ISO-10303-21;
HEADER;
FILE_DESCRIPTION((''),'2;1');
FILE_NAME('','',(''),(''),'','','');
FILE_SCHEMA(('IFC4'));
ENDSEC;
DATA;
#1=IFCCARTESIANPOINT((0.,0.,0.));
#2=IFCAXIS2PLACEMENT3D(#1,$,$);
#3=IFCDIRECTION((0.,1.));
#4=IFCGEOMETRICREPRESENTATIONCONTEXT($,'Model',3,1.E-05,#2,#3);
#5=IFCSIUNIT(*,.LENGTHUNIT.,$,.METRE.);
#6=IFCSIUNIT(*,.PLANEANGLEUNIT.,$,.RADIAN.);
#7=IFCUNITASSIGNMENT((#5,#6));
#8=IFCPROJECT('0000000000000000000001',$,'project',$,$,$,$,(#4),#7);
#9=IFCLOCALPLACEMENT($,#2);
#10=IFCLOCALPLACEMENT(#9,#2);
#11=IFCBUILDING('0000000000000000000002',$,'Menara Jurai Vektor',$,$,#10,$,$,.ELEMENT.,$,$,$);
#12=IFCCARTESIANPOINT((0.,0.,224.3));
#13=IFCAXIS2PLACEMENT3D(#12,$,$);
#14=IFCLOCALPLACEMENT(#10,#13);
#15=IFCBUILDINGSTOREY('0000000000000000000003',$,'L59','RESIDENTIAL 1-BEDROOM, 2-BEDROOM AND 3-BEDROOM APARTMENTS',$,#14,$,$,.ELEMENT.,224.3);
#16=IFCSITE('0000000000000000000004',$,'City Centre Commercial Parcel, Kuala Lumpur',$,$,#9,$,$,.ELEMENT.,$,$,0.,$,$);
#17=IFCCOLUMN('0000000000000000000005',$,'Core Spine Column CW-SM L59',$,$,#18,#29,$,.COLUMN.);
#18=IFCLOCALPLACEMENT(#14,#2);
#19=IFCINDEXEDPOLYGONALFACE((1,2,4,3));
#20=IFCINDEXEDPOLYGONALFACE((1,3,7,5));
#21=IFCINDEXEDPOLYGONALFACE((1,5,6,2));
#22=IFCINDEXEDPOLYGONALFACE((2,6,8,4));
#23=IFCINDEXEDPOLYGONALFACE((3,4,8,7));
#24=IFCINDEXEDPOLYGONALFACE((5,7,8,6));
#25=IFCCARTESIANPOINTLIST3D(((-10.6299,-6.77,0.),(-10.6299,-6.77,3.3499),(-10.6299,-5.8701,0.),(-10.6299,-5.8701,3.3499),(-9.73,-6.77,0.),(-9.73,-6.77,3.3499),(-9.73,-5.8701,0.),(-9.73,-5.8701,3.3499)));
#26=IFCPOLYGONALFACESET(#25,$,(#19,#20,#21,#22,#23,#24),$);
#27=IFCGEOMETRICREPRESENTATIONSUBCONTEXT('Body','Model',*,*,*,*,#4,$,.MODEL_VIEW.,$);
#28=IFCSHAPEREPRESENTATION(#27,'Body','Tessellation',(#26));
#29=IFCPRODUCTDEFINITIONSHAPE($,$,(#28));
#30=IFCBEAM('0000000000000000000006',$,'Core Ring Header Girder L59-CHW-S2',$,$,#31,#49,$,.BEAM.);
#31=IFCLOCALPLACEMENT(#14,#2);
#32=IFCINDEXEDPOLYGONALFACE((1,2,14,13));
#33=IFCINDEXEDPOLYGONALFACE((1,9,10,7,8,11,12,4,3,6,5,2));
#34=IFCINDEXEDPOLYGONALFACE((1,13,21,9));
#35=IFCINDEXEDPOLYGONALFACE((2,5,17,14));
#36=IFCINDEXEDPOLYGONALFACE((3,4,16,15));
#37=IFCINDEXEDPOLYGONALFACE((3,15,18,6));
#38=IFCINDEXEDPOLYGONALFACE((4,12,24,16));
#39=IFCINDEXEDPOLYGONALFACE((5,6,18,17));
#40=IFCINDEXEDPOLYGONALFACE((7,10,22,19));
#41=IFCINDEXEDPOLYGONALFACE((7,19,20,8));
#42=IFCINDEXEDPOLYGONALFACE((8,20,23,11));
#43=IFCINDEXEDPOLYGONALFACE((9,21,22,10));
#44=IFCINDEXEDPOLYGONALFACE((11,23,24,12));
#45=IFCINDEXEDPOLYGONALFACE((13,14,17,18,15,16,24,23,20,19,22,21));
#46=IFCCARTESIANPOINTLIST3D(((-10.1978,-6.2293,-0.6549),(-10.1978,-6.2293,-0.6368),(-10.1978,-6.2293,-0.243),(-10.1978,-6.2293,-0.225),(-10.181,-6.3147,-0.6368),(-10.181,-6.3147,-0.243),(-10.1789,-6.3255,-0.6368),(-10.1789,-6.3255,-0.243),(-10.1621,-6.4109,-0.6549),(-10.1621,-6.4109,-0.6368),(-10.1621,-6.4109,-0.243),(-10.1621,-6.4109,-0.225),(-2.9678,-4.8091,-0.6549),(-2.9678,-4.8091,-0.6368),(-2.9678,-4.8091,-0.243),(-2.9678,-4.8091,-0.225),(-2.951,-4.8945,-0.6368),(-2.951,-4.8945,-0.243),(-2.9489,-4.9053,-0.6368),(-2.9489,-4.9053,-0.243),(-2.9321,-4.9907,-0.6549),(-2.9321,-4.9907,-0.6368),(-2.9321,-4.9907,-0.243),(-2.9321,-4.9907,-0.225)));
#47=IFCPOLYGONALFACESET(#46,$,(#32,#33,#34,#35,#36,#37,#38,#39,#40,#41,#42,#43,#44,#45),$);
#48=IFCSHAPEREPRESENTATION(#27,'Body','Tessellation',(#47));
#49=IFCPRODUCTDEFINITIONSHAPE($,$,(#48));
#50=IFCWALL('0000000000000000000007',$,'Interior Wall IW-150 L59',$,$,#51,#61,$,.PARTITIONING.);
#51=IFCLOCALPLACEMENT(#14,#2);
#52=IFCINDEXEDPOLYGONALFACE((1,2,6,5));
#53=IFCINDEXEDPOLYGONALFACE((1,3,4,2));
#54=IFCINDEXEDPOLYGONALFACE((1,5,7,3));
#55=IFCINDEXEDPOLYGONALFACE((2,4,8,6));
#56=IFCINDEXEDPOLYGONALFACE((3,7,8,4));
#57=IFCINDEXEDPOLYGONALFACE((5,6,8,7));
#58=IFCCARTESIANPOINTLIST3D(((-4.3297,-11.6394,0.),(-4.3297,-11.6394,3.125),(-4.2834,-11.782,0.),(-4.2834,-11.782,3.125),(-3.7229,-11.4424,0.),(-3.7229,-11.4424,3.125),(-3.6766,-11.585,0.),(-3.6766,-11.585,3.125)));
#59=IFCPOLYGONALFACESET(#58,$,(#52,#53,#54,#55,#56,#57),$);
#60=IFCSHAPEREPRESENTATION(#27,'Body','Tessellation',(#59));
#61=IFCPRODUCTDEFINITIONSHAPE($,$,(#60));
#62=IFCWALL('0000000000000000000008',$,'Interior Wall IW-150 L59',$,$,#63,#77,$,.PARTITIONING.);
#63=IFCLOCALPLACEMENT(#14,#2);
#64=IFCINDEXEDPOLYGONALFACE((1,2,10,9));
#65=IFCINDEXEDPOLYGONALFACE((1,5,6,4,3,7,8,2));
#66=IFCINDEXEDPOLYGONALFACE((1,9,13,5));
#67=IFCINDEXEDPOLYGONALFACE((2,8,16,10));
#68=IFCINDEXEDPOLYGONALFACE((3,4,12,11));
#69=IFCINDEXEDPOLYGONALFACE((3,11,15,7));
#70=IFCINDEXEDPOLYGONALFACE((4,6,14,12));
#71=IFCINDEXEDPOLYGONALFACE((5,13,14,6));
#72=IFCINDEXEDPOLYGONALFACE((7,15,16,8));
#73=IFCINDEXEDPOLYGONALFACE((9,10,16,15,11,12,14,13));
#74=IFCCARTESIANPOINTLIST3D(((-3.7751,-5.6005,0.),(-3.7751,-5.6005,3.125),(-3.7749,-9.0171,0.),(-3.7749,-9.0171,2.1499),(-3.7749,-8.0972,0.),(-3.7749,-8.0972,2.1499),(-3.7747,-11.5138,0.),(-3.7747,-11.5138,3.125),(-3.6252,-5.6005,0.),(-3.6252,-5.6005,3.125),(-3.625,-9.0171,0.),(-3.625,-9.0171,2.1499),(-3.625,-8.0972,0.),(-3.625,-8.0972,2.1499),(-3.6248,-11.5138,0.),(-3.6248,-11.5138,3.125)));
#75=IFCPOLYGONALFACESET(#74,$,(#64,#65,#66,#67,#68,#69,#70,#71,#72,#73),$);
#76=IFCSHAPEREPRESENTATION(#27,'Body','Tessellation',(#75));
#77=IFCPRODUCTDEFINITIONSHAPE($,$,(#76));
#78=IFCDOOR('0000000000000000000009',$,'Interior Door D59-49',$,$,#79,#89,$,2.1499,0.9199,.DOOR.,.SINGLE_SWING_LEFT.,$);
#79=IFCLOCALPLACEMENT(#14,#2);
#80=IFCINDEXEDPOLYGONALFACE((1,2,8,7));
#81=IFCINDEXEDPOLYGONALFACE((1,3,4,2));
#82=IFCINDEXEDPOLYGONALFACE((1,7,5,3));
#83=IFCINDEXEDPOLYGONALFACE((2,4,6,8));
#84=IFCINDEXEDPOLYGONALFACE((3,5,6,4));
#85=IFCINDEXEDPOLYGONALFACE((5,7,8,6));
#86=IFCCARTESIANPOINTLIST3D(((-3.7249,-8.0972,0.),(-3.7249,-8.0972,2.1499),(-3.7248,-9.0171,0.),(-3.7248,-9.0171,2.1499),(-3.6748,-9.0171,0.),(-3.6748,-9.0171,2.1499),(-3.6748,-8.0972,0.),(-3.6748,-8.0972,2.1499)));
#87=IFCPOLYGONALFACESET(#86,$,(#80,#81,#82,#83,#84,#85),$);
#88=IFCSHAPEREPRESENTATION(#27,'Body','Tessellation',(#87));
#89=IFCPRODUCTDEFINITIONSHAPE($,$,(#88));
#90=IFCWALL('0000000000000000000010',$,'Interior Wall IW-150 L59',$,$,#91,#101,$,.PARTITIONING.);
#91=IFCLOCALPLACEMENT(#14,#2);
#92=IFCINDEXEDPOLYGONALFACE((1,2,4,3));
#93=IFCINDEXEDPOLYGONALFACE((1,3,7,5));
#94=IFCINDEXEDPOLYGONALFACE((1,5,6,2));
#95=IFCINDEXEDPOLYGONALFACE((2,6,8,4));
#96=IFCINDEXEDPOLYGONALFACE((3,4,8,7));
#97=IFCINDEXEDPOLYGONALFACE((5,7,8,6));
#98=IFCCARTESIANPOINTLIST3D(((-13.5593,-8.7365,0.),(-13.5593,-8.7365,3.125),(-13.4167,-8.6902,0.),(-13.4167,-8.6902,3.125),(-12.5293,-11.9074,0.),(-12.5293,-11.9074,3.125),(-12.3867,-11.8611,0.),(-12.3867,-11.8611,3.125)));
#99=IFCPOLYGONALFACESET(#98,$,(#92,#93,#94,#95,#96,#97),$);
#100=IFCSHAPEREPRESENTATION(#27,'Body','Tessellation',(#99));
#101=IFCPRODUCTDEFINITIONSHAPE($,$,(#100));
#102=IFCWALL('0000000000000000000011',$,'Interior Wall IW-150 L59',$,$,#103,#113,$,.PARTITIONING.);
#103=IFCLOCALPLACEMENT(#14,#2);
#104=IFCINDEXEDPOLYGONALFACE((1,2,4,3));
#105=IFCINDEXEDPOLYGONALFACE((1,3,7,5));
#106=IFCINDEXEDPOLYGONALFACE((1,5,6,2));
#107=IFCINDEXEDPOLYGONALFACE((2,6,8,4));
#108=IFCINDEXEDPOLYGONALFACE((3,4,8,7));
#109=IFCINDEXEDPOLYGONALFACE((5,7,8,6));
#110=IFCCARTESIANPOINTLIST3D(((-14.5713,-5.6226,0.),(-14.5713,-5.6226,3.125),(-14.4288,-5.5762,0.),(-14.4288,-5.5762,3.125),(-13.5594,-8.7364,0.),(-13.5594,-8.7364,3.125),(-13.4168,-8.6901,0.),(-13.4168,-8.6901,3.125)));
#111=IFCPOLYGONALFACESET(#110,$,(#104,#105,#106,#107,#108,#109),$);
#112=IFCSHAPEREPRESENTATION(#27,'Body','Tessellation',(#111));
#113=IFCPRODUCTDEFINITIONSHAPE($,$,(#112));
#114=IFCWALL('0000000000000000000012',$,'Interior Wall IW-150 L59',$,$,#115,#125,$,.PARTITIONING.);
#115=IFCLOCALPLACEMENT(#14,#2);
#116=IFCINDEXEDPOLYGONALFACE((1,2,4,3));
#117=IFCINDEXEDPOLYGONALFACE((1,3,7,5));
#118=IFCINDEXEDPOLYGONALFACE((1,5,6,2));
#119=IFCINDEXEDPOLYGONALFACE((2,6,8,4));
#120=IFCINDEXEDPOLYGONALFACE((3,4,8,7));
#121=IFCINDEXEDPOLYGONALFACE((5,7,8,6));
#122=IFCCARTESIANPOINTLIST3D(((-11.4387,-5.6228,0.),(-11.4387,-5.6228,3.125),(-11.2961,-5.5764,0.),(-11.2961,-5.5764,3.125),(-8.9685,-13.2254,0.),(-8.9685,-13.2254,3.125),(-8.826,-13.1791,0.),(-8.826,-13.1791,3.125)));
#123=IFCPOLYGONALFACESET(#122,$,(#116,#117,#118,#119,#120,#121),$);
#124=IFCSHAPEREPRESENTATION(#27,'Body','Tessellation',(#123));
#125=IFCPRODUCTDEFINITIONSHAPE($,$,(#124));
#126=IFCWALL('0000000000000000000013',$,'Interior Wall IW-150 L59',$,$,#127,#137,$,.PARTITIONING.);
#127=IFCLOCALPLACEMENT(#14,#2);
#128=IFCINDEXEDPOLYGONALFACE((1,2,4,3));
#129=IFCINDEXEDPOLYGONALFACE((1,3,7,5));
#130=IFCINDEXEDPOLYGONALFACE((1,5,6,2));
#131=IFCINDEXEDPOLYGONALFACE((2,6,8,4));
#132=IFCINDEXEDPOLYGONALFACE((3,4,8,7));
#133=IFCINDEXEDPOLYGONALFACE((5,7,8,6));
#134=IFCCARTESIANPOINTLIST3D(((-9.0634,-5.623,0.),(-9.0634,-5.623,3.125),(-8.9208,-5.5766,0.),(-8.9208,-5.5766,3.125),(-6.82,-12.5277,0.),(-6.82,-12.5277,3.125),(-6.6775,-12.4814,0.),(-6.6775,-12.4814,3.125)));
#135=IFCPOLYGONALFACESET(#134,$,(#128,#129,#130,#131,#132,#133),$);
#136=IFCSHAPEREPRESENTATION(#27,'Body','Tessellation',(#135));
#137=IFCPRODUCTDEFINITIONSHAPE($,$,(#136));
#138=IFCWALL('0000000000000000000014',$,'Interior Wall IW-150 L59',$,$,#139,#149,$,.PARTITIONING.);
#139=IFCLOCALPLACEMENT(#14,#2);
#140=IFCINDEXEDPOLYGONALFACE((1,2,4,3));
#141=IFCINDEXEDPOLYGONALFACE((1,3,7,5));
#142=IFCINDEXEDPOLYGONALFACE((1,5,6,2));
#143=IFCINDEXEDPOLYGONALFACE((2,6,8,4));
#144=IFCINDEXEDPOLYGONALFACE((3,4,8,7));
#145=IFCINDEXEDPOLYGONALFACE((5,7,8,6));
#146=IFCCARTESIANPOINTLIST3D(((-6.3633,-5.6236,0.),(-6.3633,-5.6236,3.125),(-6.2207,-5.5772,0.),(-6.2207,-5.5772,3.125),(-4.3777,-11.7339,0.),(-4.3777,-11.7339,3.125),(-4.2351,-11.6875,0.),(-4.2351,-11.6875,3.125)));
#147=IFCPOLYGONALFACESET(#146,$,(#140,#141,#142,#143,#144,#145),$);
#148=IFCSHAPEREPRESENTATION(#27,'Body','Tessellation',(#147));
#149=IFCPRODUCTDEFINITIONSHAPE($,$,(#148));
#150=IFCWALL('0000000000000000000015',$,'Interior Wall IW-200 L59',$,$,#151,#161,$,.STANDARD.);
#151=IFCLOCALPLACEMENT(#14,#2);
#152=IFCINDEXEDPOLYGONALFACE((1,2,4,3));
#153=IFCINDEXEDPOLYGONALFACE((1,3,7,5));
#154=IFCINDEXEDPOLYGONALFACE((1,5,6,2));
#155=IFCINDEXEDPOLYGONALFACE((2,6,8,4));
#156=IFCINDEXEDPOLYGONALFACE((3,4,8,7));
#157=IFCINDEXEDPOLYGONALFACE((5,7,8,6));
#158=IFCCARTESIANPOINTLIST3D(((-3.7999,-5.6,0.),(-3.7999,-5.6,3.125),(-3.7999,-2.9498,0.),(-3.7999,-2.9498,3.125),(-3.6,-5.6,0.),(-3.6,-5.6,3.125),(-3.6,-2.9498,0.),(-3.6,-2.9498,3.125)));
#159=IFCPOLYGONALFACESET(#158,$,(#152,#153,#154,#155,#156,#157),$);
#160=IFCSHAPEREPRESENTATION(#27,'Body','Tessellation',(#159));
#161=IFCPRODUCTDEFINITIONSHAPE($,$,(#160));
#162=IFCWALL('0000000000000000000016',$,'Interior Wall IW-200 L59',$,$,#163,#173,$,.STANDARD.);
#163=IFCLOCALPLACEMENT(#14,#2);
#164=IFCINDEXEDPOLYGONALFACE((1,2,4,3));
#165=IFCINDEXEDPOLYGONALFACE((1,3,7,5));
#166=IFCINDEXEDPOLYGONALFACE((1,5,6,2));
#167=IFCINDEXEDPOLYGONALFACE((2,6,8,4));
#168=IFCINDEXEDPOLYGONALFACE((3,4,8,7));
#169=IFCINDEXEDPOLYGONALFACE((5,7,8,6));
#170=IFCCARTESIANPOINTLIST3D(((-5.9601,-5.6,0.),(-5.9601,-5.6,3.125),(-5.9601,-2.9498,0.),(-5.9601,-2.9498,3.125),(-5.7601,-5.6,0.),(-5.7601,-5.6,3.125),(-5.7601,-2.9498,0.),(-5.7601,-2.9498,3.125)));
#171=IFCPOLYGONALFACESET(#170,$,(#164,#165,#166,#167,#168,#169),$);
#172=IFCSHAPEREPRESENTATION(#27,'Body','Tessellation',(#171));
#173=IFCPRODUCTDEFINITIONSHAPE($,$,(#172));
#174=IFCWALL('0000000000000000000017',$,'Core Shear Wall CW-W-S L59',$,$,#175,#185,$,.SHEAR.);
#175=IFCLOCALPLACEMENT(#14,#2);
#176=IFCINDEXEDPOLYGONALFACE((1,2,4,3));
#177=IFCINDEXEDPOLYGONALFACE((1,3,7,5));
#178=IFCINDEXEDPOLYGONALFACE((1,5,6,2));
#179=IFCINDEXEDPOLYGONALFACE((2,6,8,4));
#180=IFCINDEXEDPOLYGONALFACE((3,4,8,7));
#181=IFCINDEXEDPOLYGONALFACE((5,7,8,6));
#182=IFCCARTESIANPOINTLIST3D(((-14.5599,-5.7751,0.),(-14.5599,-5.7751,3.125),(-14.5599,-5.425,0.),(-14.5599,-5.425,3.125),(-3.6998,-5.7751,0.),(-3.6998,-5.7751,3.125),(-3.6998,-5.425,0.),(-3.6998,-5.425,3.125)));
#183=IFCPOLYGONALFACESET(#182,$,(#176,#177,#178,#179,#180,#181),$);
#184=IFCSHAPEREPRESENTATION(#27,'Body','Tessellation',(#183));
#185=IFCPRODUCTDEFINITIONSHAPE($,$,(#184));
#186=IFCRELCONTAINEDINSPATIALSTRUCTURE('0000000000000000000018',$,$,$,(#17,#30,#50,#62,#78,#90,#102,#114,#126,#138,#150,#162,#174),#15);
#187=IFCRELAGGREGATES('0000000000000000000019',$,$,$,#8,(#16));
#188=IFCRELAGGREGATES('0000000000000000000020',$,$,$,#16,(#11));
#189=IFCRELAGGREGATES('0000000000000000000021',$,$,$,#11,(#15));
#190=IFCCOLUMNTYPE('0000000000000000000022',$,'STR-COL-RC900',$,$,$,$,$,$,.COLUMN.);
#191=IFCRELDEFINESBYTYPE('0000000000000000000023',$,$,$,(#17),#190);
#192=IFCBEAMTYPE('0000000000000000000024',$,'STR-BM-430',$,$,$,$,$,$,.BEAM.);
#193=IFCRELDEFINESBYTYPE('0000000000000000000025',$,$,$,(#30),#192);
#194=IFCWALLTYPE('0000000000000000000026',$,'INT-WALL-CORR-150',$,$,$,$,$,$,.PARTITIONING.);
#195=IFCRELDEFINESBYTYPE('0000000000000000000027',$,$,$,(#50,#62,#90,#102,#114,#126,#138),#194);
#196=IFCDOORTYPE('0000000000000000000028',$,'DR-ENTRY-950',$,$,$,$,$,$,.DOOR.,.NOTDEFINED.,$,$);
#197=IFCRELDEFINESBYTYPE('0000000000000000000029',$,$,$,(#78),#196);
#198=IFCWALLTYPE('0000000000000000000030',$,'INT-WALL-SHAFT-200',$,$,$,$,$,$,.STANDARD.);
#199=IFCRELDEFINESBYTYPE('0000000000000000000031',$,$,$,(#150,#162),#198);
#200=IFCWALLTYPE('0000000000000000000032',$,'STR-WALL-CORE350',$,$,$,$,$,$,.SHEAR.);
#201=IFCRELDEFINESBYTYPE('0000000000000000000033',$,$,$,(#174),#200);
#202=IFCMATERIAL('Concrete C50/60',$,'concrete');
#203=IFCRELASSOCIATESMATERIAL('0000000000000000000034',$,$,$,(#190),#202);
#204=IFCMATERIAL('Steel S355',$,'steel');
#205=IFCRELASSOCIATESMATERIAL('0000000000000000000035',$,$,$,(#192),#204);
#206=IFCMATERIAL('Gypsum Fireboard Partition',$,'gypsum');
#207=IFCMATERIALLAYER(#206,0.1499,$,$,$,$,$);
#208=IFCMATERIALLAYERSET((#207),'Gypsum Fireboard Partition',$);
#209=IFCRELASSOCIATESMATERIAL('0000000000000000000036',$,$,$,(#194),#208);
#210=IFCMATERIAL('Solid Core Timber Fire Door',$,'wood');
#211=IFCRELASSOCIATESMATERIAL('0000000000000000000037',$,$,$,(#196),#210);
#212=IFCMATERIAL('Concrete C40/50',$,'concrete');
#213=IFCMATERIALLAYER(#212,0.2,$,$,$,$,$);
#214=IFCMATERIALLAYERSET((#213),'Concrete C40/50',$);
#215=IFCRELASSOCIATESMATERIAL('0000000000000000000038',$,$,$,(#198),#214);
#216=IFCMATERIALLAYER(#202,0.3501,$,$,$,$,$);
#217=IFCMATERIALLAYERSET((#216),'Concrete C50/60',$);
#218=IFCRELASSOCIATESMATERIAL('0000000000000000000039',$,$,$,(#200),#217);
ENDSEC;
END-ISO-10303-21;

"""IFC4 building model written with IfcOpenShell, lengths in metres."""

from ifc_helpers import new_model, si_unit, direction, frame, frame_2d, origin, origin_2d, place, context, subcontext, project, spatial, rectangle, i_section, extrude, material, layer, layer_set, material_profile, profile_set, type_object, element, fill, save


model = new_model("IFC4")

# Units and contexts
model_context = context("Model", 3, precision=1e-05, world=origin(), true_north=direction((0.0, 1.0)))
body_context = subcontext(model_context, "Body", "Model", "MODEL_VIEW")
ifc_project = project(units=[si_unit("LENGTHUNIT", "METRE"), si_unit("PLANEANGLEUNIT", "RADIAN")], contexts=[model_context])

# Site, building, storey
site_placement = place(None, origin())
site = spatial("IfcSite", under=ifc_project, at=site_placement, Name="City Centre Commercial Parcel, Kuala Lumpur", CompositionType="ELEMENT", RefElevation=0.0)
building_placement = place(site_placement, origin())
building = spatial("IfcBuilding", under=site, at=building_placement, Name="Menara Jurai Vektor", CompositionType="ELEMENT")
storey_placement = place(building_placement, frame((0.0, 0.0, 224.3)))
storey = spatial("IfcBuildingStorey", under=building, at=storey_placement, Name="L59", Description="RESIDENTIAL 1-BEDROOM, 2-BEDROOM AND 3-BEDROOM APARTMENTS", CompositionType="ELEMENT", Elevation=224.3)

# Column
ifc_material_1 = material(Name="Concrete C50/60", Category="concrete")
ifc_material_profile_1 = material_profile(ifc_material_1, rectangle(XDim=0.8999, YDim=0.8999, at=origin_2d()), Name="RC 900x900")
ifc_profile_set_1 = profile_set([ifc_material_profile_1], Name="Concrete C50/60")
column_type = type_object("IfcColumnType", Name="STR-COL-RC900", PredefinedType="COLUMN", material=ifc_profile_set_1)
column_placement = place(storey_placement, frame((-10.1799, -6.3201, 0.0), z_axis=(0.0, 0.0, 1.0), x_axis=(1.0, 0.0, 0.0)))
element("IfcColumn", 1, at=column_placement, inside=storey, type_object=column_type, Name="Core Spine Column CW-SM L59", PredefinedType="COLUMN", context=body_context, shape_type="SweptSolid", body=[
    extrude(rectangle(XDim=0.8999, YDim=0.8999, at=origin_2d()), origin(), (0.0, 0.0, 1.0), 3.3499),
])

# Beam
ifc_material_2 = material(Name="Steel S355", Category="steel")
ifc_material_profile_2 = material_profile(ifc_material_2, i_section(OverallWidth=0.1851, OverallDepth=0.4299, WebThickness=0.011, FlangeThickness=0.0181, at=origin_2d()), Name="PG 430x185x76")
ifc_profile_set_2 = profile_set([ifc_material_profile_2], Name="Steel S355")
beam_type = type_object("IfcBeamType", Name="STR-BM-430", PredefinedType="BEAM", material=ifc_profile_set_2)
beam_placement = place(storey_placement, frame((-10.1799, -6.3201, -0.4399), z_axis=(0.981249, 0.192744, 0.0), x_axis=(-0.192744, 0.981249, 0.0)))
element("IfcBeam", 2, at=beam_placement, inside=storey, type_object=beam_type, Name="Core Ring Header Girder L59-CHW-S2", PredefinedType="BEAM", context=body_context, shape_type="SweptSolid", body=[
    extrude(i_section(OverallWidth=0.1851, OverallDepth=0.4299, WebThickness=0.011, FlangeThickness=0.0181, at=origin_2d()), origin(), (0.0, 0.0, 1.0), 7.3682),
])

# Shared definitions
ifc_material_3 = material(Name="Gypsum Fireboard Partition", Category="gypsum")
ifc_layer_1 = layer(ifc_material_3, 0.1499)
ifc_layer_set_1 = layer_set([ifc_layer_1], Name="Gypsum Fireboard Partition")
wall_type_1 = type_object("IfcWallType", Name="INT-WALL-CORR-150", PredefinedType="PARTITIONING", material=ifc_layer_set_1)
ifc_material_4 = material(Name="Solid Core Timber Fire Door", Category="wood")
door_type = type_object("IfcDoorType", Name="DR-ENTRY-950", OperationType="NOTDEFINED", PredefinedType="DOOR", material=ifc_material_4)

# Wall
wall_1_placement = place(storey_placement, frame((-4.3064, -11.7107, 0.0), z_axis=(0.0, 0.0, 1.0), x_axis=(0.951104, 0.30887, 0.0)))
element("IfcWall", 3, at=wall_1_placement, inside=storey, type_object=wall_type_1, Name="Interior Wall IW-150 L59", PredefinedType="PARTITIONING", context=body_context, shape_type="SweptSolid", body=[
    extrude(rectangle(XDim=0.6379, YDim=0.1499, at=frame_2d((0.3188, 0.0))), origin(), (0.0, 0.0, 1.0), 3.125),
])

# Wall, opening, door
wall_2_placement = place(storey_placement, frame((-3.6997, -11.5137, 0.0), z_axis=(0.0, 0.0, 1.0), x_axis=(-0.000083, 1.0, 0.0)))
wall_2 = element("IfcWall", 4, at=wall_2_placement, inside=storey, type_object=wall_type_1, Name="Interior Wall IW-150 L59", PredefinedType="PARTITIONING", context=body_context, shape_type="SweptSolid", body=[
    extrude(rectangle(XDim=5.9133, YDim=0.1499, at=frame_2d((2.9565, 0.0))), origin(), (0.0, 0.0, 1.0), 3.125),
])
opening_1_placement = place(wall_2_placement, frame((2.4966, 0.0, 0.0)))
opening_1 = element("IfcOpeningElement", 5, at=opening_1_placement, cuts=wall_2, PredefinedType="OPENING", context=body_context, shape_type="SweptSolid", body=[
    extrude(rectangle(XDim=0.9199, YDim=2.1499, at=frame_2d((0.46, 1.075))), frame((0.0, 0.085, 0.0), z_axis=(0.0, -1.0, 0.0), x_axis=(1.0, 0.0, 0.0)), (0.0, 0.0, 1.0), 0.1699),
])
door_1_placement = place(opening_1_placement, origin())
door_1 = element("IfcDoor", 6, at=door_1_placement, inside=storey, type_object=door_type, Name="Interior Door D59-49", OperationType="SINGLE_SWING_LEFT", OverallHeight=2.1499, OverallWidth=0.9199, PredefinedType="DOOR", context=body_context, shape_type="SweptSolid", body=[
    extrude(rectangle(XDim=0.9199, YDim=2.1499, at=frame_2d((0.46, 1.075))), frame((0.0, 0.0249, 0.0), z_axis=(0.0, -1.0, 0.0), x_axis=(1.0, 0.0, 0.0)), (0.0, 0.0, 1.0), 0.05),
])
fill(opening_1, door_1)

# Walls
wall_3_placement = place(storey_placement, frame((-12.458, -11.8843, 0.0), z_axis=(0.0, 0.0, 1.0), x_axis=(-0.308947, 0.951079, 0.0)))
element("IfcWall", 7, at=wall_3_placement, inside=storey, type_object=wall_type_1, Name="Interior Wall IW-150 L59", PredefinedType="PARTITIONING", context=body_context, shape_type="SweptSolid", body=[
    extrude(rectangle(XDim=3.334, YDim=0.1499, at=frame_2d((1.667, 0.0))), origin(), (0.0, 0.0, 1.0), 3.125),
])
wall_4_placement = place(storey_placement, frame((-13.488, -8.7134, 0.0), z_axis=(0.0, 0.0, 1.0), x_axis=(-0.309083, 0.951035, 0.0)))
element("IfcWall", 8, at=wall_4_placement, inside=storey, type_object=wall_type_1, Name="Interior Wall IW-150 L59", PredefinedType="PARTITIONING", context=body_context, shape_type="SweptSolid", body=[
    extrude(rectangle(XDim=3.2742, YDim=0.1499, at=frame_2d((1.6372, 0.0))), origin(), (0.0, 0.0, 1.0), 3.125),
])
wall_5_placement = place(storey_placement, frame((-8.8972, -13.2024, 0.0), z_axis=(0.0, 0.0, 1.0), x_axis=(-0.309008, 0.951059, 0.0)))
element("IfcWall", 9, at=wall_5_placement, inside=storey, type_object=wall_type_1, Name="Interior Wall IW-150 L59", PredefinedType="PARTITIONING", context=body_context, shape_type="SweptSolid", body=[
    extrude(rectangle(XDim=7.9939, YDim=0.1499, at=frame_2d((3.9971, 0.0))), origin(), (0.0, 0.0, 1.0), 3.125),
])
wall_6_placement = place(storey_placement, frame((-6.7488, -12.5044, 0.0), z_axis=(0.0, 0.0, 1.0), x_axis=(-0.309005, 0.95106, 0.0)))
element("IfcWall", 10, at=wall_6_placement, inside=storey, type_object=wall_type_1, Name="Interior Wall IW-150 L59", PredefinedType="PARTITIONING", context=body_context, shape_type="SweptSolid", body=[
    extrude(rectangle(XDim=7.26, YDim=0.1499, at=frame_2d((3.6299, 0.0))), origin(), (0.0, 0.0, 1.0), 3.125),
])
wall_7_placement = place(storey_placement, frame((-4.3064, -11.7107, 0.0), z_axis=(0.0, 0.0, 1.0), x_axis=(-0.309048, 0.951046, 0.0)))
element("IfcWall", 11, at=wall_7_placement, inside=storey, type_object=wall_type_1, Name="Interior Wall IW-150 L59", PredefinedType="PARTITIONING", context=body_context, shape_type="SweptSolid", body=[
    extrude(rectangle(XDim=6.4248, YDim=0.1499, at=frame_2d((3.2124, 0.0))), origin(), (0.0, 0.0, 1.0), 3.125),
])
ifc_material_5 = material(Name="Concrete C40/50", Category="concrete")
ifc_layer_2 = layer(ifc_material_5, 0.2)
ifc_layer_set_2 = layer_set([ifc_layer_2], Name="Concrete C40/50")
wall_type_2 = type_object("IfcWallType", Name="INT-WALL-SHAFT-200", PredefinedType="STANDARD", material=ifc_layer_set_2)
for number, where, z_axis, x_axis, name in (
    (12, (-3.7, -5.6001, 0.0), (0.0, 0.0, 1.0), (0.0, 1.0, 0.0), "Interior Wall IW-200 L59"),
    (13, (-5.8601, -5.6001, 0.0), (0.0, 0.0, 1.0), (0.0, 1.0, 0.0), "Interior Wall IW-200 L59"),
):
    element("IfcWall", number, at=place(storey_placement, frame(where, z_axis=z_axis, x_axis=x_axis)), inside=storey, type_object=wall_type_2, Name=name, PredefinedType="STANDARD", context=body_context, shape_type="SweptSolid", body=[
        extrude(rectangle(XDim=2.6501, YDim=0.2, at=frame_2d((1.3252, 0.0))), origin(), (0.0, 0.0, 1.0), 3.125),
    ])
ifc_layer_3 = layer(ifc_material_1, 0.3501)
ifc_layer_set_3 = layer_set([ifc_layer_3], Name="Concrete C50/60")
wall_type_3 = type_object("IfcWallType", Name="STR-WALL-CORE350", PredefinedType="SHEAR", material=ifc_layer_set_3)
wall_8_placement = place(storey_placement, frame((-14.5601, -5.6001, 0.0), z_axis=(0.0, 0.0, 1.0), x_axis=(1.0, 0.0, 0.0)))
element("IfcWall", 14, at=wall_8_placement, inside=storey, type_object=wall_type_3, Name="Core Shear Wall CW-W-S L59", PredefinedType="SHEAR", context=body_context, shape_type="SweptSolid", body=[
    extrude(rectangle(XDim=10.8601, YDim=0.3501, at=frame_2d((5.4302, 0.0))), origin(), (0.0, 0.0, 1.0), 3.125),
])

save(model, "model.ifc")
